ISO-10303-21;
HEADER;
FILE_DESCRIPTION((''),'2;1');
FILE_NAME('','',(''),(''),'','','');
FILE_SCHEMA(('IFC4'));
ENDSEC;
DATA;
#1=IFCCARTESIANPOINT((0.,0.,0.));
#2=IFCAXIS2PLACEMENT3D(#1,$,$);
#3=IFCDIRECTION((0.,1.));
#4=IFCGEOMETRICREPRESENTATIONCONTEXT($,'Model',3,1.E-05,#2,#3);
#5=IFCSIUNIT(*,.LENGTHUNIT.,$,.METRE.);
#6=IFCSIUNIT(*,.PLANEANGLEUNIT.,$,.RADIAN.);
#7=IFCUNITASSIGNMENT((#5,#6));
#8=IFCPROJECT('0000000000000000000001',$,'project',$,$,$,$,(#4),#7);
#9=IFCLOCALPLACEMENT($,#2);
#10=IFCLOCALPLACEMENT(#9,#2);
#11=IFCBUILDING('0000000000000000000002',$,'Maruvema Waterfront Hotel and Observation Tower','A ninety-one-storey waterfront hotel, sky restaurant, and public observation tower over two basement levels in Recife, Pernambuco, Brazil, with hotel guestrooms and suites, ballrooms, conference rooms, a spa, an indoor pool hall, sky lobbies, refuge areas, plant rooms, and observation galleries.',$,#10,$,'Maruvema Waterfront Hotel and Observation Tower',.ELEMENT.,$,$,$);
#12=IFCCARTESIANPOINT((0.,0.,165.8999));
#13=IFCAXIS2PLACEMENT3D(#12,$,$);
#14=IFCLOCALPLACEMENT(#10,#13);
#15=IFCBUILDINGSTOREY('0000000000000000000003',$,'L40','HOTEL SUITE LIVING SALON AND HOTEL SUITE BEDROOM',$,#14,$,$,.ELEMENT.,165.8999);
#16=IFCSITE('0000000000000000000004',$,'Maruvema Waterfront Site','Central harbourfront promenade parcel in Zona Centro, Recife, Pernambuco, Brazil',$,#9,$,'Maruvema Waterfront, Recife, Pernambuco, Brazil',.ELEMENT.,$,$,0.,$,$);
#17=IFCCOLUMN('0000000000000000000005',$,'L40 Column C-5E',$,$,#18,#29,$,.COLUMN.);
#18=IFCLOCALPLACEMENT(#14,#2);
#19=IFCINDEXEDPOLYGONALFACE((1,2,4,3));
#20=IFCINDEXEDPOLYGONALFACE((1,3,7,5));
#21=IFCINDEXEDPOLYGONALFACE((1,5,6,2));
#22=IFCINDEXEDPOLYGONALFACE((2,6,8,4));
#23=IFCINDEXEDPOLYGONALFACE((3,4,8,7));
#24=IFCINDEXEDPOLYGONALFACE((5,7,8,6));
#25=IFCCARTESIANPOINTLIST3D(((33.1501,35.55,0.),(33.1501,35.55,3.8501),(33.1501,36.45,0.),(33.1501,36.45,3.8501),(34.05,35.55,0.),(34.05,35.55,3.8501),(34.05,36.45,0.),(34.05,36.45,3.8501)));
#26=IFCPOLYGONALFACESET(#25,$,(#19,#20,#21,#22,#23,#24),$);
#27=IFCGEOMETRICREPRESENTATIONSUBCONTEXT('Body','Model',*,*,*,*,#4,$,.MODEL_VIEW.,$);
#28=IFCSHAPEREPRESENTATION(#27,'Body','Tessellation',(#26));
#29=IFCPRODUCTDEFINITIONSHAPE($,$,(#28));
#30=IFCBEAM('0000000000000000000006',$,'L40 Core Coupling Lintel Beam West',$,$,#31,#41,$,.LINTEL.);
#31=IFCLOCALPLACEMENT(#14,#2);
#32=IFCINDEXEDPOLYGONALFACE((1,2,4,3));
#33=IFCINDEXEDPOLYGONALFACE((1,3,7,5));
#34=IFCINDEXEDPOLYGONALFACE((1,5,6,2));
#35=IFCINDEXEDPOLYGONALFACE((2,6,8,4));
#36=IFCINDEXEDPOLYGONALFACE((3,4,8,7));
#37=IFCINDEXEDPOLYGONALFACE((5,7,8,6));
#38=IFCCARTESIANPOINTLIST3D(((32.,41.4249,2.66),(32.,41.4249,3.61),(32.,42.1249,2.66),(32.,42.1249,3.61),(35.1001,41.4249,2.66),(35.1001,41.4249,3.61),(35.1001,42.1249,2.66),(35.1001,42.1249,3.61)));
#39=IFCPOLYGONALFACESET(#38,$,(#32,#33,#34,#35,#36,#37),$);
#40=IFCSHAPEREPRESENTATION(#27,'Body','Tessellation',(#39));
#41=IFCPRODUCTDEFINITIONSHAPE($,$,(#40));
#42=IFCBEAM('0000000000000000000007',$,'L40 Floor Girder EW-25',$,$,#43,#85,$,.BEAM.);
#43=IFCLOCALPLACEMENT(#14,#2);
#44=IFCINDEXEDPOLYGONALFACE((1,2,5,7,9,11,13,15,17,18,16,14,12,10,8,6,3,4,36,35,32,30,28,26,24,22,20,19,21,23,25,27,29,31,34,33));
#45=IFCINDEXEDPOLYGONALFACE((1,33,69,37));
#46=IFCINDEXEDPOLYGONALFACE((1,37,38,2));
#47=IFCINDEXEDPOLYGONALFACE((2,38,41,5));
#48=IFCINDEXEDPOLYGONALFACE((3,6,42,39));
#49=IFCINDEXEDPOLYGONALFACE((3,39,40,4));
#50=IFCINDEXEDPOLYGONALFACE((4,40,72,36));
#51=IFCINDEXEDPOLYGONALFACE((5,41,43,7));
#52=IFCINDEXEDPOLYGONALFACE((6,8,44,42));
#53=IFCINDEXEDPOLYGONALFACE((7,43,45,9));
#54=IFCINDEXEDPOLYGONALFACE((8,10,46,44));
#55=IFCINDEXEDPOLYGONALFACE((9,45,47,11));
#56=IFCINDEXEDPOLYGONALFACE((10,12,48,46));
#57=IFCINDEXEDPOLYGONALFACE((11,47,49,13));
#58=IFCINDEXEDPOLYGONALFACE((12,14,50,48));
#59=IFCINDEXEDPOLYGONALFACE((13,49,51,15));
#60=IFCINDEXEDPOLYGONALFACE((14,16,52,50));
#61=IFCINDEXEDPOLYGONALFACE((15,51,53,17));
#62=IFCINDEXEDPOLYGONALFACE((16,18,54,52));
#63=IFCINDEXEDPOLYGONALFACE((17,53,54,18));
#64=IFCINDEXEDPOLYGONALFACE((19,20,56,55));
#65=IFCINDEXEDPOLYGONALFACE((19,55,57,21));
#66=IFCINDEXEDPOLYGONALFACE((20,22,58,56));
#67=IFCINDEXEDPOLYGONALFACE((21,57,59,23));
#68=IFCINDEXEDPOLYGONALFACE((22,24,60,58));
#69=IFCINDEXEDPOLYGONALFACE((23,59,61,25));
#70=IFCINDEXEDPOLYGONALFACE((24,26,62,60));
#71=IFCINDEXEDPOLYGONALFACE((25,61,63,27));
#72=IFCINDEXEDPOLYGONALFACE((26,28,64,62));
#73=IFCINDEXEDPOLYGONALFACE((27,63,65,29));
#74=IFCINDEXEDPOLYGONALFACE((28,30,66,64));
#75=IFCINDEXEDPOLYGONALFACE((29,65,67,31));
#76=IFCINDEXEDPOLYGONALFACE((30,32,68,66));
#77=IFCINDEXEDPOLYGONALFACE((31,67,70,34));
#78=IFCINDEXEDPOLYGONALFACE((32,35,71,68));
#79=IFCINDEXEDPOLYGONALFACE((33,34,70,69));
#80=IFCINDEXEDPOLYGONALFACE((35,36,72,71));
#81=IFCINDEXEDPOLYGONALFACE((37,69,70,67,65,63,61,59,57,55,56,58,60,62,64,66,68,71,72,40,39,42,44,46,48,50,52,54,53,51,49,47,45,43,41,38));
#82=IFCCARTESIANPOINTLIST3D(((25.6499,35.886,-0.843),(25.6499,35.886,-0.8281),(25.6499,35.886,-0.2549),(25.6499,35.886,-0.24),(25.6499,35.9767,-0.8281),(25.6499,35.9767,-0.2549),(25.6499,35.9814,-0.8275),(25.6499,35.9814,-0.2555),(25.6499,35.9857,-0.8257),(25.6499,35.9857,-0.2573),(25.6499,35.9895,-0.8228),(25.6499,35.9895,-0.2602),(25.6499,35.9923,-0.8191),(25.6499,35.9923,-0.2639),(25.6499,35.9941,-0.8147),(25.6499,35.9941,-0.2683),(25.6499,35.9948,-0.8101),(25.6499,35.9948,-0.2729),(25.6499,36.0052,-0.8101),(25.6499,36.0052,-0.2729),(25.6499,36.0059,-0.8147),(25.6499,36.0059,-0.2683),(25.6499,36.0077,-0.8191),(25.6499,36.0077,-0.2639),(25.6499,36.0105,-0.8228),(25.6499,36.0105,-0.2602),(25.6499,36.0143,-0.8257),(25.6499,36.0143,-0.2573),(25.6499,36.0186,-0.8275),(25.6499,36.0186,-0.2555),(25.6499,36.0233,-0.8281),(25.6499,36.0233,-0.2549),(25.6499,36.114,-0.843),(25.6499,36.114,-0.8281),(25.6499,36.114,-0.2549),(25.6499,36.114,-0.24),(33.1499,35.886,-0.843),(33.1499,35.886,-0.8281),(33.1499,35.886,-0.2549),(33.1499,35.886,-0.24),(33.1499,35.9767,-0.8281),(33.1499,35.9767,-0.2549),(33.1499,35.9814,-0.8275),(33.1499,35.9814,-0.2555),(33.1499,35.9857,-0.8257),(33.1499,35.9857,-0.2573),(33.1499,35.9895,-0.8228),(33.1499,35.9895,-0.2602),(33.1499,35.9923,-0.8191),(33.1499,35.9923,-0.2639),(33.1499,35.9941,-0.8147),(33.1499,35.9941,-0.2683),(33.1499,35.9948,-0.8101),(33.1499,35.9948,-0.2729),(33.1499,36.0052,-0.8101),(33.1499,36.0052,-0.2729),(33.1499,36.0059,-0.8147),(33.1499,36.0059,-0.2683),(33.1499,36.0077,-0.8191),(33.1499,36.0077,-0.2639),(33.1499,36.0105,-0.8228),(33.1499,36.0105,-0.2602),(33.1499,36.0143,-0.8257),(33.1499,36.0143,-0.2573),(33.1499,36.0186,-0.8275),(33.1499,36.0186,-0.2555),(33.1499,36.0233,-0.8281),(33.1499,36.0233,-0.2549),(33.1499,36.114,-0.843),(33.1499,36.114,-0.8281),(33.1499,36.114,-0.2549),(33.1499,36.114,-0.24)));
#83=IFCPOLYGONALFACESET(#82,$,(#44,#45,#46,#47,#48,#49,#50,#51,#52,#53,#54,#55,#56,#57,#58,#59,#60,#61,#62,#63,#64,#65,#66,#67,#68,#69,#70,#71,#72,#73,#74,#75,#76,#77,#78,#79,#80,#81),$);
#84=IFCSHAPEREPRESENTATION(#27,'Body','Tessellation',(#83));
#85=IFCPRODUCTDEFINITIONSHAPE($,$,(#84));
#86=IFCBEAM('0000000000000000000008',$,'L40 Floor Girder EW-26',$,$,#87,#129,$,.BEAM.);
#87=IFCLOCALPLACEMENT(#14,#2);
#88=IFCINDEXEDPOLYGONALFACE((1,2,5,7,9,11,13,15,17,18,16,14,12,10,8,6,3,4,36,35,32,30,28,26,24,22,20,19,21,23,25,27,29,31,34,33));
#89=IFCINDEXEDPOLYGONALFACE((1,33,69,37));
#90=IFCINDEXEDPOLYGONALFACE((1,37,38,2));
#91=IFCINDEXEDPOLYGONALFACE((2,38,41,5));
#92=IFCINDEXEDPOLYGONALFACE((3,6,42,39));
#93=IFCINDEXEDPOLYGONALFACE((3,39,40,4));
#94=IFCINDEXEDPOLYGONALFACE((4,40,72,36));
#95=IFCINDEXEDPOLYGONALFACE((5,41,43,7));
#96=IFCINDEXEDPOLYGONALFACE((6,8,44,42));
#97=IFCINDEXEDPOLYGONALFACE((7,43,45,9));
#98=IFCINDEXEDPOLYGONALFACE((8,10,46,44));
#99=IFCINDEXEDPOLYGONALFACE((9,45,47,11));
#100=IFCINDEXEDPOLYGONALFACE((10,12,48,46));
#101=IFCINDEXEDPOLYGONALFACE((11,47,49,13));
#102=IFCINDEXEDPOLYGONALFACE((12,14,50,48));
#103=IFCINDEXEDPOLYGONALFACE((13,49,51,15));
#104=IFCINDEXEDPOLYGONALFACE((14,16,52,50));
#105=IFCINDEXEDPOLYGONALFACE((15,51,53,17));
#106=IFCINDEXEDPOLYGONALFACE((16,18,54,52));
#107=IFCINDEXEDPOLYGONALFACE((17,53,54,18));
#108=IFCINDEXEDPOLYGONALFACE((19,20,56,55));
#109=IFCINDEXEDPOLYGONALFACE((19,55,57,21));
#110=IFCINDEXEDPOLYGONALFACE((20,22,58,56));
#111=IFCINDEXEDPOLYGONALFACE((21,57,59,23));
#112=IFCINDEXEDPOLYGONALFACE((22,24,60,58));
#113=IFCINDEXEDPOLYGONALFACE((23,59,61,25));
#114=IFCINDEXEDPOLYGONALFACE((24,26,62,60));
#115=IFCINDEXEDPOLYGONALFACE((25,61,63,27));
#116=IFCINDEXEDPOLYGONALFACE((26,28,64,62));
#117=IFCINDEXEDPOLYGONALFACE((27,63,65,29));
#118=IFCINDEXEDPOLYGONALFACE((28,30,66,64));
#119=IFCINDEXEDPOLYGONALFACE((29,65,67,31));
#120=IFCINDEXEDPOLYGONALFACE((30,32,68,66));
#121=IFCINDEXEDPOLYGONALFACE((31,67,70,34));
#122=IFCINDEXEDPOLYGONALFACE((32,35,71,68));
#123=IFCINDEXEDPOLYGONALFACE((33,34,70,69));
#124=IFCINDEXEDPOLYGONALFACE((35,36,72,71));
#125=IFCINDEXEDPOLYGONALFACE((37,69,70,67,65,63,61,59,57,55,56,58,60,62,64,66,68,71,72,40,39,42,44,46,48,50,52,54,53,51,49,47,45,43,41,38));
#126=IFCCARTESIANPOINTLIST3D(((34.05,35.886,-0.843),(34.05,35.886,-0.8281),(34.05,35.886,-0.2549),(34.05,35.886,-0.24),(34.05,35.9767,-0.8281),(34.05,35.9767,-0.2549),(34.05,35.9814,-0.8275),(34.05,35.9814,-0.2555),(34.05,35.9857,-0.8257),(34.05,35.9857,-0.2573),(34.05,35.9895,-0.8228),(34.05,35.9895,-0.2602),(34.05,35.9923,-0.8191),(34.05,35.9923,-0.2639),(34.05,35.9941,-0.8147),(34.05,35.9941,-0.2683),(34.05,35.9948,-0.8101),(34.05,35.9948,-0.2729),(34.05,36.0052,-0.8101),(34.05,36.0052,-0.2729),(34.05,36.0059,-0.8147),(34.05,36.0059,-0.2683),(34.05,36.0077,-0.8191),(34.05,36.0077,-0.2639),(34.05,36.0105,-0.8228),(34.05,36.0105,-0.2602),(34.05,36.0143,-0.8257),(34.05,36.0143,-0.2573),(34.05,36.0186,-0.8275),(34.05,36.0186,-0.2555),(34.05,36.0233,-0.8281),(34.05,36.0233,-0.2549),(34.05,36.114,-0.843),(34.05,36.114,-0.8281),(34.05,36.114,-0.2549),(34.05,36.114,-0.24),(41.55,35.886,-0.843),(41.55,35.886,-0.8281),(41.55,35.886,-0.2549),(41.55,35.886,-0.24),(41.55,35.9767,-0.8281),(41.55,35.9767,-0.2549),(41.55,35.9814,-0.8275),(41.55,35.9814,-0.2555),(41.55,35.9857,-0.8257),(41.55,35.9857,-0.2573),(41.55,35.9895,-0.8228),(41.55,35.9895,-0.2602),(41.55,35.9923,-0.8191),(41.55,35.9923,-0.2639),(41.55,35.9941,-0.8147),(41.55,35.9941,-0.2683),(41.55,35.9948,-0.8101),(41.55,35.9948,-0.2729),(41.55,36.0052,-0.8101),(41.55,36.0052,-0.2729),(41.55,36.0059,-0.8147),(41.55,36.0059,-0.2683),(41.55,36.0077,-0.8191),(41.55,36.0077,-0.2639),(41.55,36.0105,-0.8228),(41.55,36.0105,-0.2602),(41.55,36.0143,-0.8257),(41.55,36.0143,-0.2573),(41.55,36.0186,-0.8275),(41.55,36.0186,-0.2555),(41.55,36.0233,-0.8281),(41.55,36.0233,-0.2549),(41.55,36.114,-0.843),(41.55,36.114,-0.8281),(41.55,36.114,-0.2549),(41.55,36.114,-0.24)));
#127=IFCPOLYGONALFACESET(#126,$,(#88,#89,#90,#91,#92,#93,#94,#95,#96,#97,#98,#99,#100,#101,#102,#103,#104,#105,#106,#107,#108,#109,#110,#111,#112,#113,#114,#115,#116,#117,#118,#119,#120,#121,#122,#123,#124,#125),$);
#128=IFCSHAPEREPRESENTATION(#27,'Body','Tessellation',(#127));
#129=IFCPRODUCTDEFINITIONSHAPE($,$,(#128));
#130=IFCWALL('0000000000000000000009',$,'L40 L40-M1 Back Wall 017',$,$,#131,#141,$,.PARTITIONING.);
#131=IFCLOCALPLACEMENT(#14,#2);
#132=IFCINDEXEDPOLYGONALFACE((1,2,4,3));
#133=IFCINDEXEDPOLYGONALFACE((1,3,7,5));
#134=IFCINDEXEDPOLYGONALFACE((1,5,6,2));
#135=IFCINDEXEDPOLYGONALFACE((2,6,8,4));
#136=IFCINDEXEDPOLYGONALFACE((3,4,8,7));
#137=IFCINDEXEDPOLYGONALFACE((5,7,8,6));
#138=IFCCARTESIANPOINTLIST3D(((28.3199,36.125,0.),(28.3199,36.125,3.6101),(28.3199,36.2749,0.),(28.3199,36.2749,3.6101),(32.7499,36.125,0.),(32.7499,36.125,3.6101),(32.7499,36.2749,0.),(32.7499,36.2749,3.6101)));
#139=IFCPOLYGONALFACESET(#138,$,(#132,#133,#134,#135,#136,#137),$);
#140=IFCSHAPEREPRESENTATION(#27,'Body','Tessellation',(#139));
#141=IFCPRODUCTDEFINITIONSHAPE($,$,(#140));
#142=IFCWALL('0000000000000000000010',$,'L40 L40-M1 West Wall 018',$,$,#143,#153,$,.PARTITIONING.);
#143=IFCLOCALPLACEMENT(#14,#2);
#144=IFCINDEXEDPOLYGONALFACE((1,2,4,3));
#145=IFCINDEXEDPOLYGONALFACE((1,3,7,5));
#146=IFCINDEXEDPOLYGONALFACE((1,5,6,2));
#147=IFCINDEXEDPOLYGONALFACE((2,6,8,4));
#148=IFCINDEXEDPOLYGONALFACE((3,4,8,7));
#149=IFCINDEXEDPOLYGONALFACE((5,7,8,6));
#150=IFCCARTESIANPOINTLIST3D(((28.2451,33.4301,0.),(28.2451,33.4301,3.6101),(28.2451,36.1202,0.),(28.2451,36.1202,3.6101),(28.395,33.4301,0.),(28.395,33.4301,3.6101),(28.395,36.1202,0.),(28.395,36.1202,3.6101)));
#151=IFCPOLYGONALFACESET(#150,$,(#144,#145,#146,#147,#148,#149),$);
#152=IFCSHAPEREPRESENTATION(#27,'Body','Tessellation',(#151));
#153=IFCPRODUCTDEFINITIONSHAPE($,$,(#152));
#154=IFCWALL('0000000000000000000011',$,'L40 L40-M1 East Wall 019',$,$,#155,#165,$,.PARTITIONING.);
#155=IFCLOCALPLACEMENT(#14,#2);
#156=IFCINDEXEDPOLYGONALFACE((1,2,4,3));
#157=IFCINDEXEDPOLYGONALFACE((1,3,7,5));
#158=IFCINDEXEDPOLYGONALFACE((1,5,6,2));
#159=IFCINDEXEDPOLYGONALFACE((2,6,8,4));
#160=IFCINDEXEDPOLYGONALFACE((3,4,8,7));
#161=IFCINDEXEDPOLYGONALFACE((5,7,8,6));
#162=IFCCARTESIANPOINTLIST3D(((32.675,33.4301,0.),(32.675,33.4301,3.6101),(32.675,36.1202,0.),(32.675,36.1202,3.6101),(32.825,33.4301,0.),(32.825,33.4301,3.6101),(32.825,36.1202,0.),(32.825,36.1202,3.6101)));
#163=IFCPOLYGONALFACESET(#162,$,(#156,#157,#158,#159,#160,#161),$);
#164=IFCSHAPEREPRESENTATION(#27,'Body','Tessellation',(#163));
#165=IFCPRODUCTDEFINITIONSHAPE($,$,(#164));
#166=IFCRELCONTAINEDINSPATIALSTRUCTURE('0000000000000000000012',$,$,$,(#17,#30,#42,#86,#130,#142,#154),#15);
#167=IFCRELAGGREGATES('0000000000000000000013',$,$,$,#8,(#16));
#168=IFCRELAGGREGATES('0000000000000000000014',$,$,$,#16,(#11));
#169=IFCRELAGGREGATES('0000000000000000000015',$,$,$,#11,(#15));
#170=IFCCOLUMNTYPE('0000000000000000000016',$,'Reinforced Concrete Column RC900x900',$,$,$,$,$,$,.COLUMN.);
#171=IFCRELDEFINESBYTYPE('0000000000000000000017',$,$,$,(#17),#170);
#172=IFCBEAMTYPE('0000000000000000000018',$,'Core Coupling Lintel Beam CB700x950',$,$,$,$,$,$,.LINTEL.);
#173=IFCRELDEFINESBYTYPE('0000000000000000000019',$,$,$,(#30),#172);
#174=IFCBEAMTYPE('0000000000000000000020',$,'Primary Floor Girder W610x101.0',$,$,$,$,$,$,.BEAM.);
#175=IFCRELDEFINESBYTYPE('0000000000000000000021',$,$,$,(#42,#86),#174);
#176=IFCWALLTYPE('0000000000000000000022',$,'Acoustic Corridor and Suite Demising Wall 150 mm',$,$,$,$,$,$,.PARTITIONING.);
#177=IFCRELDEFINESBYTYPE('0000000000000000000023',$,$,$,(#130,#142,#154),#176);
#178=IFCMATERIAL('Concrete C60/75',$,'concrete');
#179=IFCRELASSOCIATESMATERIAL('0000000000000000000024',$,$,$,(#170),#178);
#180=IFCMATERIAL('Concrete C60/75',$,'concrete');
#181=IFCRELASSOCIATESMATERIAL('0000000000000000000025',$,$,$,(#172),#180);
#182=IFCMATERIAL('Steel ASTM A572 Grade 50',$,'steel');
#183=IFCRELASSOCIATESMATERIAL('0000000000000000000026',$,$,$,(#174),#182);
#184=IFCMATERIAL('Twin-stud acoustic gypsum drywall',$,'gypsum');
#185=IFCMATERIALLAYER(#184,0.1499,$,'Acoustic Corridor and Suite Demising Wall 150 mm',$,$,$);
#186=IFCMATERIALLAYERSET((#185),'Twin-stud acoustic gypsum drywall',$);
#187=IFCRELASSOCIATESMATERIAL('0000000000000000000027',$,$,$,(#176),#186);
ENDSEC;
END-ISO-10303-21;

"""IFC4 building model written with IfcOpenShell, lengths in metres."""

from ifc_helpers import new_model, si_unit, direction, frame, frame_2d, origin, origin_2d, place, context, subcontext, project, spatial, rectangle, i_section, extrude, material, layer, layer_set, material_profile, profile_set, type_object, element, save


model = new_model("IFC4")

# Units and contexts
model_context = context("Model", 3, precision=1e-05, world=origin(), true_north=direction((0.0, 1.0)))
body_context = subcontext(model_context, "Body", "Model", "MODEL_VIEW")
ifc_project = project(units=[si_unit("LENGTHUNIT", "METRE"), si_unit("PLANEANGLEUNIT", "RADIAN")], contexts=[model_context])

# Site, building, storey
site_placement = place(None, origin())
site = spatial("IfcSite", under=ifc_project, at=site_placement, Name="Maruvema Waterfront Site", Description="Central harbourfront promenade parcel in Zona Centro, Recife, Pernambuco, Brazil", LongName="Maruvema Waterfront, Recife, Pernambuco, Brazil", CompositionType="ELEMENT", RefElevation=0.0)
building_placement = place(site_placement, origin())
building = spatial("IfcBuilding", under=site, at=building_placement, Name="Maruvema Waterfront Hotel and Observation Tower", Description="A ninety-one-storey waterfront hotel, sky restaurant, and public observation tower over two basement levels in Recife, Pernambuco, Brazil, with hotel guestrooms and suites, ballrooms, conference rooms, a spa, an indoor pool hall, sky lobbies, refuge areas, plant rooms, and observation galleries.", LongName="Maruvema Waterfront Hotel and Observation Tower", CompositionType="ELEMENT")
storey_placement = place(building_placement, frame((0.0, 0.0, 165.8999)))
storey = spatial("IfcBuildingStorey", under=building, at=storey_placement, Name="L40", Description="HOTEL SUITE LIVING SALON AND HOTEL SUITE BEDROOM", CompositionType="ELEMENT", Elevation=165.8999)

# Column
ifc_material_1 = material(Name="Concrete C60/75", Category="concrete")
ifc_material_profile_1 = material_profile(ifc_material_1, rectangle(XDim=0.8999, YDim=0.8999, at=origin_2d()), Name="RC900x900")
ifc_profile_set_1 = profile_set([ifc_material_profile_1], Name="Concrete C60/75")
column_type = type_object("IfcColumnType", Name="Reinforced Concrete Column RC900x900", PredefinedType="COLUMN", material=ifc_profile_set_1)
column_placement = place(storey_placement, frame((33.6001, 36.0, 0.0), z_axis=(0.0, 0.0, 1.0), x_axis=(1.0, 0.0, 0.0)))
element("IfcColumn", 1, at=column_placement, inside=storey, type_object=column_type, Name="L40 Column C-5E", PredefinedType="COLUMN", context=body_context, shape_type="SweptSolid", body=[
    extrude(rectangle(XDim=0.8999, YDim=0.8999, at=origin_2d()), origin(), (0.0, 0.0, 1.0), 3.8501),
])

# Beams
ifc_material_2 = material(Name="Concrete C60/75", Category="concrete")
ifc_material_profile_2 = material_profile(ifc_material_2, rectangle(XDim=0.7, YDim=0.95, at=origin_2d()), Name="CB700x950")
ifc_profile_set_2 = profile_set([ifc_material_profile_2], Name="Concrete C60/75")
beam_type_1 = type_object("IfcBeamType", Name="Core Coupling Lintel Beam CB700x950", PredefinedType="LINTEL", material=ifc_profile_set_2)
beam_placement = place(storey_placement, frame((32.0, 41.7749, 3.135), z_axis=(1.0, 0.0, 0.0), x_axis=(0.0, 1.0, 0.0)))
element("IfcBeam", 2, at=beam_placement, inside=storey, type_object=beam_type_1, Name="L40 Core Coupling Lintel Beam West", PredefinedType="LINTEL", context=body_context, shape_type="SweptSolid", body=[
    extrude(rectangle(XDim=0.7, YDim=0.95, at=origin_2d()), origin(), (0.0, 0.0, 1.0), 3.1001),
])
ifc_material_3 = material(Name="Steel ASTM A572 Grade 50", Category="steel")
ifc_material_profile_3 = material_profile(ifc_material_3, i_section(OverallWidth=0.228, OverallDepth=0.603, WebThickness=0.0105, FlangeThickness=0.0149, FilletRadius=0.0181, at=origin_2d()), Name="W610x101.0")
ifc_profile_set_3 = profile_set([ifc_material_profile_3], Name="Steel ASTM A572 Grade 50")
beam_type_2 = type_object("IfcBeamType", Name="Primary Floor Girder W610x101.0", PredefinedType="BEAM", material=ifc_profile_set_3)
for number, where, z_axis, x_axis, name in (
    (3, (25.6499, 36.0, -0.5415), (1.0, 0.0, 0.0), (0.0, 1.0, 0.0), "L40 Floor Girder EW-25"),
    (4, (34.05, 36.0, -0.5415), (1.0, 0.0, 0.0), (0.0, 1.0, 0.0), "L40 Floor Girder EW-26"),
):
    element("IfcBeam", number, at=place(storey_placement, frame(where, z_axis=z_axis, x_axis=x_axis)), inside=storey, type_object=beam_type_2, Name=name, PredefinedType="BEAM", context=body_context, shape_type="SweptSolid", body=[
        extrude(i_section(OverallWidth=0.228, OverallDepth=0.603, WebThickness=0.0105, FlangeThickness=0.0149, FilletRadius=0.0181, at=origin_2d()), origin(), (0.0, 0.0, 1.0), 7.5),
    ])

# Walls
ifc_material_4 = material(Name="Twin-stud acoustic gypsum drywall", Category="gypsum")
ifc_layer_1 = layer(ifc_material_4, 0.1499, Name="Acoustic Corridor and Suite Demising Wall 150 mm")
ifc_layer_set_1 = layer_set([ifc_layer_1], Name="Twin-stud acoustic gypsum drywall")
wall_type_1 = type_object("IfcWallType", Name="Acoustic Corridor and Suite Demising Wall 150 mm", PredefinedType="PARTITIONING", material=ifc_layer_set_1)
wall_1_placement = place(storey_placement, frame((28.3201, 36.2, 0.0), z_axis=(0.0, 0.0, 1.0), x_axis=(1.0, 0.0, 0.0)))
element("IfcWall", 5, at=wall_1_placement, inside=storey, type_object=wall_type_1, Name="L40 L40-M1 Back Wall 017", PredefinedType="PARTITIONING", context=body_context, shape_type="SweptSolid", body=[
    extrude(rectangle(XDim=4.4299, YDim=0.1499, at=frame_2d((2.2148, 0.0))), origin(), (0.0, 0.0, 1.0), 3.6101),
])
for number, where, z_axis, x_axis, name in (
    (6, (28.3201, 33.4299, 0.0), (0.0, 0.0, 1.0), (0.0, 1.0, 0.0), "L40 L40-M1 West Wall 018"),
    (7, (32.75, 33.4299, 0.0), (0.0, 0.0, 1.0), (0.0, 1.0, 0.0), "L40 L40-M1 East Wall 019"),
):
    element("IfcWall", number, at=place(storey_placement, frame(where, z_axis=z_axis, x_axis=x_axis)), inside=storey, type_object=wall_type_1, Name=name, PredefinedType="PARTITIONING", context=body_context, shape_type="SweptSolid", body=[
        extrude(rectangle(XDim=2.6902, YDim=0.1499, at=frame_2d((1.3452, 0.0))), origin(), (0.0, 0.0, 1.0), 3.6101),
    ])

save(model, "model.ifc")
